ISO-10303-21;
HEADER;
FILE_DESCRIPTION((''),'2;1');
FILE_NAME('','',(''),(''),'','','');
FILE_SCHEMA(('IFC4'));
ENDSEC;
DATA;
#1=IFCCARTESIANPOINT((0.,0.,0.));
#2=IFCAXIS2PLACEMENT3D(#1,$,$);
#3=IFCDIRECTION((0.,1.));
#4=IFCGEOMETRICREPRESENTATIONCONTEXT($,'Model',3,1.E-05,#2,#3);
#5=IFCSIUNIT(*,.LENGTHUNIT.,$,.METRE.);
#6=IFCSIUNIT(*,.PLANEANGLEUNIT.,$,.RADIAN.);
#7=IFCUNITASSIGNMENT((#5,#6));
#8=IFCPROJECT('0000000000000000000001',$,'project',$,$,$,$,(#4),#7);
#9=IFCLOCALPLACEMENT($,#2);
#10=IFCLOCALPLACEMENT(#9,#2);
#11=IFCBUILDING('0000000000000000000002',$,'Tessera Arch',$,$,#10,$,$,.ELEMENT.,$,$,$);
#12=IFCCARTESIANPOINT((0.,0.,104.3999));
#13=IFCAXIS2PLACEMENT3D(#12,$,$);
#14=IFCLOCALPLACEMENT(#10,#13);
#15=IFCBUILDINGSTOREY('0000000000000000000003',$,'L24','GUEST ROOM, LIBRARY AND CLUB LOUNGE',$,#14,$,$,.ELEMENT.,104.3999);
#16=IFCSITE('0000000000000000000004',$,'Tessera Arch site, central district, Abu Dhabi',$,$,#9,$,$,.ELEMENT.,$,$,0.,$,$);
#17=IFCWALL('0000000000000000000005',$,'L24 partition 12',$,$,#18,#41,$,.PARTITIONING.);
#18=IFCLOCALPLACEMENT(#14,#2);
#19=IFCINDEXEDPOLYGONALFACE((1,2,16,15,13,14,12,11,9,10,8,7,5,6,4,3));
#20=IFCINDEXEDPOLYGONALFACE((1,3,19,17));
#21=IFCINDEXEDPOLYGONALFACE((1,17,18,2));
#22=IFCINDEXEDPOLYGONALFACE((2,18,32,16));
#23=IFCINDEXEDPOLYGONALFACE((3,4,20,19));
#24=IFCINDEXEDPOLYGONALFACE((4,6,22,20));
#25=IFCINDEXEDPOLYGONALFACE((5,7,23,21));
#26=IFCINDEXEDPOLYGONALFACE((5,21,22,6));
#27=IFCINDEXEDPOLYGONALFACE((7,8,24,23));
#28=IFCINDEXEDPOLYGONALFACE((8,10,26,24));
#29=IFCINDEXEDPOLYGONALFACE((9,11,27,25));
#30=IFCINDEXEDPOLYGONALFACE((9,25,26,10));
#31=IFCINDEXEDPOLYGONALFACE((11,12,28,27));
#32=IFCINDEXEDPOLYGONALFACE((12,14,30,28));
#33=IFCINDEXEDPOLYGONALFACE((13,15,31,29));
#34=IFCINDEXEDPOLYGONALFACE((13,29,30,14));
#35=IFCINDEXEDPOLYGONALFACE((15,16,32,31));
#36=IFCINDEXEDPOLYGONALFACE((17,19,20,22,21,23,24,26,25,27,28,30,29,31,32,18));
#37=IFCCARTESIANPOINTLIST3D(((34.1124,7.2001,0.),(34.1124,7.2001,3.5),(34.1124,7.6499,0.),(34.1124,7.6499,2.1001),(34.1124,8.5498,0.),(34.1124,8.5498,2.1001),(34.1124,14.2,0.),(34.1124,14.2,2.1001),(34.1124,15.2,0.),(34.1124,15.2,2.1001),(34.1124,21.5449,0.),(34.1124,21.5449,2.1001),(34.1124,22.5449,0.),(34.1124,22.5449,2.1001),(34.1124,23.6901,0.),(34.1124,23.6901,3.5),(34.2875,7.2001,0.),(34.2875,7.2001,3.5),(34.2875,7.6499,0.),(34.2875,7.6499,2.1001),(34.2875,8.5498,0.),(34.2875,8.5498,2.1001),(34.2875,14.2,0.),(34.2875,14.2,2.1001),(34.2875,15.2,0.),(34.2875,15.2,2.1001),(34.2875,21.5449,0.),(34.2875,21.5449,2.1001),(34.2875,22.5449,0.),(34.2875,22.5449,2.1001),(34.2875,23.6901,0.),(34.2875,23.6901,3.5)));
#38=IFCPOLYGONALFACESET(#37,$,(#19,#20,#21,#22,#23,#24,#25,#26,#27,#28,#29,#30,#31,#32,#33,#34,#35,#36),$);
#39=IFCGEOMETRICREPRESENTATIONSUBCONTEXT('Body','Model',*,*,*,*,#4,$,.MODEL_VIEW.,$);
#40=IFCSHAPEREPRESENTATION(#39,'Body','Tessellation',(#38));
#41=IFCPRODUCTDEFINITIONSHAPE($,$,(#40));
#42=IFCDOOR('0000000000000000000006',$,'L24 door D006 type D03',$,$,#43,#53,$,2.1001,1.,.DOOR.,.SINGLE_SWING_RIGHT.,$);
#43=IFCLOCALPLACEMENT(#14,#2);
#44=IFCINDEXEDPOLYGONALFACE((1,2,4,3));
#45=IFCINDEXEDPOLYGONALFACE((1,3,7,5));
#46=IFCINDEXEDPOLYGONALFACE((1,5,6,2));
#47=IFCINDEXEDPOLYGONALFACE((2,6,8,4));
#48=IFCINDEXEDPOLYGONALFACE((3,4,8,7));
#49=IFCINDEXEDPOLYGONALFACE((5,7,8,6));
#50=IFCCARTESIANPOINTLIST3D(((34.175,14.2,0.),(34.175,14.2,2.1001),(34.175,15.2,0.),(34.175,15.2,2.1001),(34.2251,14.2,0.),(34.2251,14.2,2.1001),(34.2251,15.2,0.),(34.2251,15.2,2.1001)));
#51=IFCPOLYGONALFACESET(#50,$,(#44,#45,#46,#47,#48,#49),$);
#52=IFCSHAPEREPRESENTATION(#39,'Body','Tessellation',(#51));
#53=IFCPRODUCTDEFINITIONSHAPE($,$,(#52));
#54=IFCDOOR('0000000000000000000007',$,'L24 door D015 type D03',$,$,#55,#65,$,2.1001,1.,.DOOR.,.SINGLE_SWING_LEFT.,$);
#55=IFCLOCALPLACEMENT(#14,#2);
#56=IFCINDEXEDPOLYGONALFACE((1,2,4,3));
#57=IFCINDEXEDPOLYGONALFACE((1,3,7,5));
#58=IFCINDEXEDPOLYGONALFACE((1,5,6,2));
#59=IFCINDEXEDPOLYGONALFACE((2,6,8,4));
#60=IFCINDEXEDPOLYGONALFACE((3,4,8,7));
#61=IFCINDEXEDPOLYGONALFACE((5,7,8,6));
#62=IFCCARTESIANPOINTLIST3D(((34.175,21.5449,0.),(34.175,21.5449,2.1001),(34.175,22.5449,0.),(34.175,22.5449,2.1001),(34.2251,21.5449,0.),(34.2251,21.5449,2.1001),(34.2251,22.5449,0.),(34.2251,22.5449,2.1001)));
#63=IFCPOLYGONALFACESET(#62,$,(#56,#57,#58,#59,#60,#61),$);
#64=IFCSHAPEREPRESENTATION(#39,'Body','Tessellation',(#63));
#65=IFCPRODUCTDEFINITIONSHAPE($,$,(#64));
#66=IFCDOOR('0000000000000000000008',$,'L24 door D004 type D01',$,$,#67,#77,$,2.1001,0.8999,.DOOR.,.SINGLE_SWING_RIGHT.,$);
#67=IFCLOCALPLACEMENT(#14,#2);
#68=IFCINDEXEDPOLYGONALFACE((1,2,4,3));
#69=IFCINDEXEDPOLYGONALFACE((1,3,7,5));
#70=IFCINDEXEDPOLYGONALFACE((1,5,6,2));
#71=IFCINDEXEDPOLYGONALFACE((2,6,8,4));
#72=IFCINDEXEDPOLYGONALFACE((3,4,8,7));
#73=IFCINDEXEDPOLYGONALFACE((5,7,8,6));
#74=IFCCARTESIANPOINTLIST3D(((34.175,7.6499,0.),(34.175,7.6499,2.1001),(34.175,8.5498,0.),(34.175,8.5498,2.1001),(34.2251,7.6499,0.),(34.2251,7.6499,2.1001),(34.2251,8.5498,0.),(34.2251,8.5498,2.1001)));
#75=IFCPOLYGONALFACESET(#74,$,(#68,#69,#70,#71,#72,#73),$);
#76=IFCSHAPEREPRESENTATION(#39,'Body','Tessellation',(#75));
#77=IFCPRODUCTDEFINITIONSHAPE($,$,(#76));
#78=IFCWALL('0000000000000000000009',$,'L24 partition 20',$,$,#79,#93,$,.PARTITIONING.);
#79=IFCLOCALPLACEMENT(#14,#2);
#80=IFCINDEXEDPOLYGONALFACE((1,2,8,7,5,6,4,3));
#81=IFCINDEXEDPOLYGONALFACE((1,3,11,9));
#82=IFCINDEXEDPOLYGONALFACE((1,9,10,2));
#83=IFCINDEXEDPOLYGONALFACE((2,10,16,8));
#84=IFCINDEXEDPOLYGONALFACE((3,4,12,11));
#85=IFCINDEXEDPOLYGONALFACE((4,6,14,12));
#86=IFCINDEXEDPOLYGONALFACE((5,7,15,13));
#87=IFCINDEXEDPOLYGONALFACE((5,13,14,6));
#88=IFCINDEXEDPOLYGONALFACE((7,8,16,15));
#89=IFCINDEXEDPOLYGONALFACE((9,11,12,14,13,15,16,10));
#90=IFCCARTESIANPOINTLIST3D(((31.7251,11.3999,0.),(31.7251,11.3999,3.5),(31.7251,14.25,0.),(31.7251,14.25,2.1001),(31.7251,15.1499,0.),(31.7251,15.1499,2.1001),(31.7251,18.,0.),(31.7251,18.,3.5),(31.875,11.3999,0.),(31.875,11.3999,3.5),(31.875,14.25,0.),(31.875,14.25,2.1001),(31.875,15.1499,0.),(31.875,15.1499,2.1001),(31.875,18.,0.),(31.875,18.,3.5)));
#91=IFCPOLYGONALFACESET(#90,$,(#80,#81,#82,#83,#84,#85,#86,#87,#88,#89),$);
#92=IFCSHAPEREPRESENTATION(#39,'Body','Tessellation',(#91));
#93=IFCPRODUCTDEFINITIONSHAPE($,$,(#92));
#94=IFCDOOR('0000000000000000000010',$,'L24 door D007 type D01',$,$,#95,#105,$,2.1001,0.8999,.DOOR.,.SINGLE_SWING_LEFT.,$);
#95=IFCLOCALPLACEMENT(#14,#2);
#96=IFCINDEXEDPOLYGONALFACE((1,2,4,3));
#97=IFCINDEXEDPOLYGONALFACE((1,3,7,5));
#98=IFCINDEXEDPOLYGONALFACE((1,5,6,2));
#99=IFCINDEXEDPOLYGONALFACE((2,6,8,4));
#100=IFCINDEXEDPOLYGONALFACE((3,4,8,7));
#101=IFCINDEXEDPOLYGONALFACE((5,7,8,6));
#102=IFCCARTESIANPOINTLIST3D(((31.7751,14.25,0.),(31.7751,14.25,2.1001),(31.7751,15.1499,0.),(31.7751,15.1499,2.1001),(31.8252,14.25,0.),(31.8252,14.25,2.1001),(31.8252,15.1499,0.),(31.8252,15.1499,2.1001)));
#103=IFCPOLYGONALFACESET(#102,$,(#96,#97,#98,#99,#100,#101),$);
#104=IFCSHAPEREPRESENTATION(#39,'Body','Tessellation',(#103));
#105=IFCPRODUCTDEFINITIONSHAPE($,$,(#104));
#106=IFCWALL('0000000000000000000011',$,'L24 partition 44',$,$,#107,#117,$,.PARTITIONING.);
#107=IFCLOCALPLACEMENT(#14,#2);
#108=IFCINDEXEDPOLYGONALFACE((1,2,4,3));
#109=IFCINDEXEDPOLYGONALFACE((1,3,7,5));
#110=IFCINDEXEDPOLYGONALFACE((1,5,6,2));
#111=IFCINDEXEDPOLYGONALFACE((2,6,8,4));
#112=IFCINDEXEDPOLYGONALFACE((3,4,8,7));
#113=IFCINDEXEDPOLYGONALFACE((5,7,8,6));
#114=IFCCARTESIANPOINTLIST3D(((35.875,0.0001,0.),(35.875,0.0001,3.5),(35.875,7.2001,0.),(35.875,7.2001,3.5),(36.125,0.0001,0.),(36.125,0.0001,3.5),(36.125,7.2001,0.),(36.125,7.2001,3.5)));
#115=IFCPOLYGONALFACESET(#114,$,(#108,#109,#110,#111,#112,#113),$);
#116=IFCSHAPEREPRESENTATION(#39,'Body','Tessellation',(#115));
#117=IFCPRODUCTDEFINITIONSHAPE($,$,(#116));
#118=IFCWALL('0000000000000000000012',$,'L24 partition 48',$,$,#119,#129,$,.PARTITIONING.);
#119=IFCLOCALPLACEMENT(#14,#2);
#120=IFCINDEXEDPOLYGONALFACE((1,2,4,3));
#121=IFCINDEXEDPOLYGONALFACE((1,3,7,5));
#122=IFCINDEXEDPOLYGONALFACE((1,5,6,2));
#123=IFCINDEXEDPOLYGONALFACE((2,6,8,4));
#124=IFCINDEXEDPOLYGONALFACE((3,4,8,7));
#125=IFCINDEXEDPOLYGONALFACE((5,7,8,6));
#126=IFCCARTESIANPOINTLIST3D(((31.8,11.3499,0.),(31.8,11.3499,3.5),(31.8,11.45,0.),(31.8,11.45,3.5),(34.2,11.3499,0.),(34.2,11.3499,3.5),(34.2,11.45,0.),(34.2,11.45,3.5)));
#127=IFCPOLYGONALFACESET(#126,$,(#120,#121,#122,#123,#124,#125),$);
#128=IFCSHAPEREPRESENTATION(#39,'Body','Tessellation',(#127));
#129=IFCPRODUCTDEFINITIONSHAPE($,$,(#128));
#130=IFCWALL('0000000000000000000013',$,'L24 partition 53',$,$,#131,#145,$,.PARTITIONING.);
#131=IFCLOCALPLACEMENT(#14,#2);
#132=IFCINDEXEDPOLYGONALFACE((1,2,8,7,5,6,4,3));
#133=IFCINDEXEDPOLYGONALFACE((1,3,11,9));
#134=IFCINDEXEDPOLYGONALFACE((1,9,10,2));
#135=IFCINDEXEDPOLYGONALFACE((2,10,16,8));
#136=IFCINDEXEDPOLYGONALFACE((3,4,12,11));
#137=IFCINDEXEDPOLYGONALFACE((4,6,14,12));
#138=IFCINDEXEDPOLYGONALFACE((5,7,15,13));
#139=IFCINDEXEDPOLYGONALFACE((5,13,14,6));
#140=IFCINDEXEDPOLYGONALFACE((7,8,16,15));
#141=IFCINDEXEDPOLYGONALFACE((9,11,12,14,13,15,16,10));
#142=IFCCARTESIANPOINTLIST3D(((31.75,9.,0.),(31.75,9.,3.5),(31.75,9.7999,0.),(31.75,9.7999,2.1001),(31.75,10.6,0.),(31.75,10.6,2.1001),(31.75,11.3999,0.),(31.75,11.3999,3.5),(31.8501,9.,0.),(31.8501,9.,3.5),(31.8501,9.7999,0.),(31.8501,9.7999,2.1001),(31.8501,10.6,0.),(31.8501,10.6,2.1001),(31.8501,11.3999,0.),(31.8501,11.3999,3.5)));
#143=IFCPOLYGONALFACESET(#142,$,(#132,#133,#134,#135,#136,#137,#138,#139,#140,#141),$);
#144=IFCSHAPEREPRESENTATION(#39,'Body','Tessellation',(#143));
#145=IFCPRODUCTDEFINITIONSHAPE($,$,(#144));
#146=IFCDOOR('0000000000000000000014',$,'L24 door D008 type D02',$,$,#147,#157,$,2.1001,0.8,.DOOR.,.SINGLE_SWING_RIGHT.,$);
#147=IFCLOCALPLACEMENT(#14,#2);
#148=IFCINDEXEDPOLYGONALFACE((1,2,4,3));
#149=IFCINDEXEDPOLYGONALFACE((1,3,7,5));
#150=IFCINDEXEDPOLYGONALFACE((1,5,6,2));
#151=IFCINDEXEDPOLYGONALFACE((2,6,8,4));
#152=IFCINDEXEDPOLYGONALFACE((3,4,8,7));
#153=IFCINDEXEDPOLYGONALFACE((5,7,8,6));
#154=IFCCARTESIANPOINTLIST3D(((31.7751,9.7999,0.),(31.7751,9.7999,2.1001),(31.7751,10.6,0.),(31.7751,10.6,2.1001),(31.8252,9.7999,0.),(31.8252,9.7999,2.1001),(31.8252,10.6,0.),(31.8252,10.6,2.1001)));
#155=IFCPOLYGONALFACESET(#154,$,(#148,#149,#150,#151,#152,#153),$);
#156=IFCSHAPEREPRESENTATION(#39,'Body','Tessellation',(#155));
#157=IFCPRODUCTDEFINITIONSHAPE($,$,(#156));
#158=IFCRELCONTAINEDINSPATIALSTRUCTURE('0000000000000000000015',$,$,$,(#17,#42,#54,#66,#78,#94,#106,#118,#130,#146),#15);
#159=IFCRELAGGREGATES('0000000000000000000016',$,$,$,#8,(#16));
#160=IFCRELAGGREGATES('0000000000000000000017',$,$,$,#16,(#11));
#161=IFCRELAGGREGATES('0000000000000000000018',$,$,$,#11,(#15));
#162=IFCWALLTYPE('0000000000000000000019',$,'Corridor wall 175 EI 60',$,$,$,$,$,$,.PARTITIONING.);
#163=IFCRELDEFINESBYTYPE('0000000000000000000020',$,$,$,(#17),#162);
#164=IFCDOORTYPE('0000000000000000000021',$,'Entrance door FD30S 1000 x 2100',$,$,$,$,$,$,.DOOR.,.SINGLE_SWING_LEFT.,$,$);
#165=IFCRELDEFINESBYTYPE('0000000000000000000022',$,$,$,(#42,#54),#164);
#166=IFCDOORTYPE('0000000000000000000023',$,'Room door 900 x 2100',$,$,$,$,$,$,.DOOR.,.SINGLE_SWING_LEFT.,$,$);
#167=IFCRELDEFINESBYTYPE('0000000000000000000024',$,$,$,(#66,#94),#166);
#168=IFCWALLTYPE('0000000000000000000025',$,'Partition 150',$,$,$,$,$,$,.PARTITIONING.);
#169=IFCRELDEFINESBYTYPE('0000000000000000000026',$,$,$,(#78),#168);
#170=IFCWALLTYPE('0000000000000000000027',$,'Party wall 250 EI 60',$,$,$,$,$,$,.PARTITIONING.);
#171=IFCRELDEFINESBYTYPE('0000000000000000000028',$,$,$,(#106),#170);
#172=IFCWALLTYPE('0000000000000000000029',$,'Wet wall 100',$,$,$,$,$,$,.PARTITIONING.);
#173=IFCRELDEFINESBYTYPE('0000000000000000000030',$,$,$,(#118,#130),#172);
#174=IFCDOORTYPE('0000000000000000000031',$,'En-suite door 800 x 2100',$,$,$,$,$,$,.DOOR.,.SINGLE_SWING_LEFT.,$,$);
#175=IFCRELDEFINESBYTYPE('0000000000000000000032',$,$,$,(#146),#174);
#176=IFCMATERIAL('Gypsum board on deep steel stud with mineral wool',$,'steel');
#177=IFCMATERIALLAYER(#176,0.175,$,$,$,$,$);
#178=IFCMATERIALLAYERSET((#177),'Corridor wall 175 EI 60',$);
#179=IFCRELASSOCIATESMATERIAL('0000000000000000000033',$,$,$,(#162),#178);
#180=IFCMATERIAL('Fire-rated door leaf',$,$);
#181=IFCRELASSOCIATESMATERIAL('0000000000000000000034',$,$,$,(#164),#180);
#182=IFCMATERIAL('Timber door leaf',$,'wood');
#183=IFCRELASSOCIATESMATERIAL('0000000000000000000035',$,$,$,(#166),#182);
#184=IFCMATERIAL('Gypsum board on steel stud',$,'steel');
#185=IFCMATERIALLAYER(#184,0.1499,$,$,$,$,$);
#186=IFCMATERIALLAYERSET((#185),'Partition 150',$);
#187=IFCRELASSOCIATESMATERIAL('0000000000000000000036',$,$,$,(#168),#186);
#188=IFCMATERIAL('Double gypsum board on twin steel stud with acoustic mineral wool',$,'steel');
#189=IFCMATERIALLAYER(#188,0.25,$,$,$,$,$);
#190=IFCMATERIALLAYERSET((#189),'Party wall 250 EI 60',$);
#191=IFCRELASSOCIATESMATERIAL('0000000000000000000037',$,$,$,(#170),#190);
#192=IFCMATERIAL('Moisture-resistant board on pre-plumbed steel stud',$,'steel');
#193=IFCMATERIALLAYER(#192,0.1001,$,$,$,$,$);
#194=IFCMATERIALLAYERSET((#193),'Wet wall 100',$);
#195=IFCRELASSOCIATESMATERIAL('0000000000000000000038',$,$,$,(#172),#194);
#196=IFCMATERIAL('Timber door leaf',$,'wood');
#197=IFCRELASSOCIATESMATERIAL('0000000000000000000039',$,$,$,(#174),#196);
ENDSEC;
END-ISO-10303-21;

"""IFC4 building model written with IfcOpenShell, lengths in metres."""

from ifc_helpers import new_model, si_unit, direction, frame, frame_2d, origin, place, context, subcontext, project, spatial, rectangle, extrude, material, layer, layer_set, type_object, element, fill, save


model = new_model("IFC4")

# Units and contexts
model_context = context("Model", 3, precision=1e-05, world=origin(), true_north=direction((0.0, 1.0)))
body_context = subcontext(model_context, "Body", "Model", "MODEL_VIEW")
ifc_project = project(units=[si_unit("LENGTHUNIT", "METRE"), si_unit("PLANEANGLEUNIT", "RADIAN")], contexts=[model_context])

# Site, building, storey
site_placement = place(None, origin())
site = spatial("IfcSite", under=ifc_project, at=site_placement, Name="Tessera Arch site, central district, Abu Dhabi", CompositionType="ELEMENT", RefElevation=0.0)
building_placement = place(site_placement, origin())
building = spatial("IfcBuilding", under=site, at=building_placement, Name="Tessera Arch", CompositionType="ELEMENT")
storey_placement = place(building_placement, frame((0.0, 0.0, 104.3999)))
storey = spatial("IfcBuildingStorey", under=building, at=storey_placement, Name="L24", Description="GUEST ROOM, LIBRARY AND CLUB LOUNGE", CompositionType="ELEMENT", Elevation=104.3999)

# Shared definitions
ifc_material_1 = material(Name="Gypsum board on deep steel stud with mineral wool", Category="steel")
ifc_layer_1 = layer(ifc_material_1, 0.175)
ifc_layer_set_1 = layer_set([ifc_layer_1], Name="Corridor wall 175 EI 60")
wall_type_1 = type_object("IfcWallType", Name="Corridor wall 175 EI 60", PredefinedType="PARTITIONING", material=ifc_layer_set_1)
ifc_material_2 = material(Name="Fire-rated door leaf")
door_type_1 = type_object("IfcDoorType", Name="Entrance door FD30S 1000 x 2100", OperationType="SINGLE_SWING_LEFT", PredefinedType="DOOR", material=ifc_material_2)

# Wall, openings, doors
wall_1_placement = place(storey_placement, frame((34.2, 7.2, 0.0), z_axis=(0.0, 0.0, 1.0), x_axis=(0.0, 1.0, 0.0)))
wall_1 = element("IfcWall", 1, at=wall_1_placement, inside=storey, type_object=wall_type_1, Name="L24 partition 12", PredefinedType="PARTITIONING", context=body_context, shape_type="SweptSolid", body=[
    extrude(rectangle(XDim=16.49, YDim=0.175, at=frame_2d((8.2451, 0.0))), origin(), (0.0, 0.0, 1.0), 3.5),
])
opening_1_placement = place(wall_1_placement, frame((0.45, 0.0, 0.0)))
opening_1 = element("IfcOpeningElement", 2, at=opening_1_placement, cuts=wall_1, PredefinedType="OPENING", context=body_context, shape_type="SweptSolid", body=[
    extrude(rectangle(XDim=0.8999, YDim=2.1001, at=frame_2d((0.45, 1.05))), frame((0.0, 0.0974, 0.0), z_axis=(0.0, -1.0, 0.0), x_axis=(1.0, 0.0, 0.0)), (0.0, 0.0, 1.0), 0.1951),
])
opening_2_placement = place(wall_1_placement, frame((7.0, 0.0, 0.0)))
opening_2 = element("IfcOpeningElement", 3, at=opening_2_placement, cuts=wall_1, PredefinedType="OPENING", context=body_context, shape_type="SweptSolid", body=[
    extrude(rectangle(XDim=1.0, YDim=2.1001, at=frame_2d((0.5, 1.05))), frame((0.0, 0.0974, 0.0), z_axis=(0.0, -1.0, 0.0), x_axis=(1.0, 0.0, 0.0)), (0.0, 0.0, 1.0), 0.1951),
])
opening_3_placement = place(wall_1_placement, frame((14.345, 0.0, 0.0)))
opening_3 = element("IfcOpeningElement", 4, at=opening_3_placement, cuts=wall_1, PredefinedType="OPENING", context=body_context, shape_type="SweptSolid", body=[
    extrude(rectangle(XDim=1.0, YDim=2.1001, at=frame_2d((0.5, 1.05))), frame((0.0, 0.0974, 0.0), z_axis=(0.0, -1.0, 0.0), x_axis=(1.0, 0.0, 0.0)), (0.0, 0.0, 1.0), 0.1951),
])
door_1_placement = place(opening_2_placement, origin())
door_1 = element("IfcDoor", 5, at=door_1_placement, inside=storey, type_object=door_type_1, Name="L24 door D006 type D03", OperationType="SINGLE_SWING_RIGHT", OverallHeight=2.1001, OverallWidth=1.0, PredefinedType="DOOR", context=body_context, shape_type="SweptSolid", body=[
    extrude(rectangle(XDim=1.0, YDim=2.1001, at=frame_2d((0.5, 1.05))), frame((0.0, 0.0249, 0.0), z_axis=(0.0, -1.0, 0.0), x_axis=(1.0, 0.0, 0.0)), (0.0, 0.0, 1.0), 0.05),
])
fill(opening_2, door_1)
door_2_placement = place(opening_3_placement, origin())
door_2 = element("IfcDoor", 6, at=door_2_placement, inside=storey, type_object=door_type_1, Name="L24 door D015 type D03", OperationType="SINGLE_SWING_LEFT", OverallHeight=2.1001, OverallWidth=1.0, PredefinedType="DOOR", context=body_context, shape_type="SweptSolid", body=[
    extrude(rectangle(XDim=1.0, YDim=2.1001, at=frame_2d((0.5, 1.05))), frame((0.0, 0.0249, 0.0), z_axis=(0.0, -1.0, 0.0), x_axis=(1.0, 0.0, 0.0)), (0.0, 0.0, 1.0), 0.05),
])
fill(opening_3, door_2)
ifc_material_3 = material(Name="Timber door leaf", Category="wood")
door_type_2 = type_object("IfcDoorType", Name="Room door 900 x 2100", OperationType="SINGLE_SWING_LEFT", PredefinedType="DOOR", material=ifc_material_3)
door_3_placement = place(opening_1_placement, origin())
door_3 = element("IfcDoor", 7, at=door_3_placement, inside=storey, type_object=door_type_2, Name="L24 door D004 type D01", OperationType="SINGLE_SWING_RIGHT", OverallHeight=2.1001, OverallWidth=0.8999, PredefinedType="DOOR", context=body_context, shape_type="SweptSolid", body=[
    extrude(rectangle(XDim=0.8999, YDim=2.1001, at=frame_2d((0.45, 1.05))), frame((0.0, 0.0249, 0.0), z_axis=(0.0, -1.0, 0.0), x_axis=(1.0, 0.0, 0.0)), (0.0, 0.0, 1.0), 0.05),
])
fill(opening_1, door_3)

# Wall, opening, door
ifc_material_4 = material(Name="Gypsum board on steel stud", Category="steel")
ifc_layer_2 = layer(ifc_material_4, 0.1499)
ifc_layer_set_2 = layer_set([ifc_layer_2], Name="Partition 150")
wall_type_2 = type_object("IfcWallType", Name="Partition 150", PredefinedType="PARTITIONING", material=ifc_layer_set_2)
wall_2_placement = place(storey_placement, frame((31.8, 11.3999, 0.0), z_axis=(0.0, 0.0, 1.0), x_axis=(0.0, 1.0, 0.0)))
wall_2 = element("IfcWall", 8, at=wall_2_placement, inside=storey, type_object=wall_type_2, Name="L24 partition 20", PredefinedType="PARTITIONING", context=body_context, shape_type="SweptSolid", body=[
    extrude(rectangle(XDim=6.6001, YDim=0.1499, at=frame_2d((3.3, 0.0))), origin(), (0.0, 0.0, 1.0), 3.5),
])
opening_4_placement = place(wall_2_placement, frame((2.8501, 0.0, 0.0)))
opening_4 = element("IfcOpeningElement", 9, at=opening_4_placement, cuts=wall_2, PredefinedType="OPENING", context=body_context, shape_type="SweptSolid", body=[
    extrude(rectangle(XDim=0.8999, YDim=2.1001, at=frame_2d((0.45, 1.05))), frame((0.0, 0.085, 0.0), z_axis=(0.0, -1.0, 0.0), x_axis=(1.0, 0.0, 0.0)), (0.0, 0.0, 1.0), 0.1699),
])
door_4_placement = place(opening_4_placement, origin())
door_4 = element("IfcDoor", 10, at=door_4_placement, inside=storey, type_object=door_type_2, Name="L24 door D007 type D01", OperationType="SINGLE_SWING_LEFT", OverallHeight=2.1001, OverallWidth=0.8999, PredefinedType="DOOR", context=body_context, shape_type="SweptSolid", body=[
    extrude(rectangle(XDim=0.8999, YDim=2.1001, at=frame_2d((0.45, 1.05))), frame((0.0, 0.0249, 0.0), z_axis=(0.0, -1.0, 0.0), x_axis=(1.0, 0.0, 0.0)), (0.0, 0.0, 1.0), 0.05),
])
fill(opening_4, door_4)

# Walls
ifc_material_5 = material(Name="Double gypsum board on twin steel stud with acoustic mineral wool", Category="steel")
ifc_layer_3 = layer(ifc_material_5, 0.25)
ifc_layer_set_3 = layer_set([ifc_layer_3], Name="Party wall 250 EI 60")
wall_type_3 = type_object("IfcWallType", Name="Party wall 250 EI 60", PredefinedType="PARTITIONING", material=ifc_layer_set_3)
wall_3_placement = place(storey_placement, frame((36.0, 0.0, 0.0), z_axis=(0.0, 0.0, 1.0), x_axis=(0.0, 1.0, 0.0)))
element("IfcWall", 11, at=wall_3_placement, inside=storey, type_object=wall_type_3, Name="L24 partition 44", PredefinedType="PARTITIONING", context=body_context, shape_type="SweptSolid", body=[
    extrude(rectangle(XDim=7.2, YDim=0.25, at=frame_2d((3.6001, 0.0))), origin(), (0.0, 0.0, 1.0), 3.5),
])
ifc_material_6 = material(Name="Moisture-resistant board on pre-plumbed steel stud", Category="steel")
ifc_layer_4 = layer(ifc_material_6, 0.1001)
ifc_layer_set_4 = layer_set([ifc_layer_4], Name="Wet wall 100")
wall_type_4 = type_object("IfcWallType", Name="Wet wall 100", PredefinedType="PARTITIONING", material=ifc_layer_set_4)
wall_4_placement = place(storey_placement, frame((31.8, 11.3999, 0.0), z_axis=(0.0, 0.0, 1.0), x_axis=(1.0, 0.0, 0.0)))
element("IfcWall", 12, at=wall_4_placement, inside=storey, type_object=wall_type_4, Name="L24 partition 48", PredefinedType="PARTITIONING", context=body_context, shape_type="SweptSolid", body=[
    extrude(rectangle(XDim=2.3999, YDim=0.1001, at=frame_2d((1.2, 0.0))), origin(), (0.0, 0.0, 1.0), 3.5),
])

# Wall, opening, door
wall_5_placement = place(storey_placement, frame((31.8, 9.0, 0.0), z_axis=(0.0, 0.0, 1.0), x_axis=(0.0, 1.0, 0.0)))
wall_5 = element("IfcWall", 13, at=wall_5_placement, inside=storey, type_object=wall_type_4, Name="L24 partition 53", PredefinedType="PARTITIONING", context=body_context, shape_type="SweptSolid", body=[
    extrude(rectangle(XDim=2.3999, YDim=0.1001, at=frame_2d((1.2, 0.0))), origin(), (0.0, 0.0, 1.0), 3.5),
])
opening_5_placement = place(wall_5_placement, frame((0.8, 0.0, 0.0)))
opening_5 = element("IfcOpeningElement", 14, at=opening_5_placement, cuts=wall_5, PredefinedType="OPENING", context=body_context, shape_type="SweptSolid", body=[
    extrude(rectangle(XDim=0.8, YDim=2.1001, at=frame_2d((0.3999, 1.05))), frame((0.0, 0.0601, 0.0), z_axis=(0.0, -1.0, 0.0), x_axis=(1.0, 0.0, 0.0)), (0.0, 0.0, 1.0), 0.1201),
])
ifc_material_7 = material(Name="Timber door leaf", Category="wood")
door_type_3 = type_object("IfcDoorType", Name="En-suite door 800 x 2100", OperationType="SINGLE_SWING_LEFT", PredefinedType="DOOR", material=ifc_material_7)
door_5_placement = place(opening_5_placement, origin())
door_5 = element("IfcDoor", 15, at=door_5_placement, inside=storey, type_object=door_type_3, Name="L24 door D008 type D02", OperationType="SINGLE_SWING_RIGHT", OverallHeight=2.1001, OverallWidth=0.8, PredefinedType="DOOR", context=body_context, shape_type="SweptSolid", body=[
    extrude(rectangle(XDim=0.8, YDim=2.1001, at=frame_2d((0.3999, 1.05))), frame((0.0, 0.0249, 0.0), z_axis=(0.0, -1.0, 0.0), x_axis=(1.0, 0.0, 0.0)), (0.0, 0.0, 1.0), 0.05),
])
fill(opening_5, door_5)

save(model, "model.ifc")
